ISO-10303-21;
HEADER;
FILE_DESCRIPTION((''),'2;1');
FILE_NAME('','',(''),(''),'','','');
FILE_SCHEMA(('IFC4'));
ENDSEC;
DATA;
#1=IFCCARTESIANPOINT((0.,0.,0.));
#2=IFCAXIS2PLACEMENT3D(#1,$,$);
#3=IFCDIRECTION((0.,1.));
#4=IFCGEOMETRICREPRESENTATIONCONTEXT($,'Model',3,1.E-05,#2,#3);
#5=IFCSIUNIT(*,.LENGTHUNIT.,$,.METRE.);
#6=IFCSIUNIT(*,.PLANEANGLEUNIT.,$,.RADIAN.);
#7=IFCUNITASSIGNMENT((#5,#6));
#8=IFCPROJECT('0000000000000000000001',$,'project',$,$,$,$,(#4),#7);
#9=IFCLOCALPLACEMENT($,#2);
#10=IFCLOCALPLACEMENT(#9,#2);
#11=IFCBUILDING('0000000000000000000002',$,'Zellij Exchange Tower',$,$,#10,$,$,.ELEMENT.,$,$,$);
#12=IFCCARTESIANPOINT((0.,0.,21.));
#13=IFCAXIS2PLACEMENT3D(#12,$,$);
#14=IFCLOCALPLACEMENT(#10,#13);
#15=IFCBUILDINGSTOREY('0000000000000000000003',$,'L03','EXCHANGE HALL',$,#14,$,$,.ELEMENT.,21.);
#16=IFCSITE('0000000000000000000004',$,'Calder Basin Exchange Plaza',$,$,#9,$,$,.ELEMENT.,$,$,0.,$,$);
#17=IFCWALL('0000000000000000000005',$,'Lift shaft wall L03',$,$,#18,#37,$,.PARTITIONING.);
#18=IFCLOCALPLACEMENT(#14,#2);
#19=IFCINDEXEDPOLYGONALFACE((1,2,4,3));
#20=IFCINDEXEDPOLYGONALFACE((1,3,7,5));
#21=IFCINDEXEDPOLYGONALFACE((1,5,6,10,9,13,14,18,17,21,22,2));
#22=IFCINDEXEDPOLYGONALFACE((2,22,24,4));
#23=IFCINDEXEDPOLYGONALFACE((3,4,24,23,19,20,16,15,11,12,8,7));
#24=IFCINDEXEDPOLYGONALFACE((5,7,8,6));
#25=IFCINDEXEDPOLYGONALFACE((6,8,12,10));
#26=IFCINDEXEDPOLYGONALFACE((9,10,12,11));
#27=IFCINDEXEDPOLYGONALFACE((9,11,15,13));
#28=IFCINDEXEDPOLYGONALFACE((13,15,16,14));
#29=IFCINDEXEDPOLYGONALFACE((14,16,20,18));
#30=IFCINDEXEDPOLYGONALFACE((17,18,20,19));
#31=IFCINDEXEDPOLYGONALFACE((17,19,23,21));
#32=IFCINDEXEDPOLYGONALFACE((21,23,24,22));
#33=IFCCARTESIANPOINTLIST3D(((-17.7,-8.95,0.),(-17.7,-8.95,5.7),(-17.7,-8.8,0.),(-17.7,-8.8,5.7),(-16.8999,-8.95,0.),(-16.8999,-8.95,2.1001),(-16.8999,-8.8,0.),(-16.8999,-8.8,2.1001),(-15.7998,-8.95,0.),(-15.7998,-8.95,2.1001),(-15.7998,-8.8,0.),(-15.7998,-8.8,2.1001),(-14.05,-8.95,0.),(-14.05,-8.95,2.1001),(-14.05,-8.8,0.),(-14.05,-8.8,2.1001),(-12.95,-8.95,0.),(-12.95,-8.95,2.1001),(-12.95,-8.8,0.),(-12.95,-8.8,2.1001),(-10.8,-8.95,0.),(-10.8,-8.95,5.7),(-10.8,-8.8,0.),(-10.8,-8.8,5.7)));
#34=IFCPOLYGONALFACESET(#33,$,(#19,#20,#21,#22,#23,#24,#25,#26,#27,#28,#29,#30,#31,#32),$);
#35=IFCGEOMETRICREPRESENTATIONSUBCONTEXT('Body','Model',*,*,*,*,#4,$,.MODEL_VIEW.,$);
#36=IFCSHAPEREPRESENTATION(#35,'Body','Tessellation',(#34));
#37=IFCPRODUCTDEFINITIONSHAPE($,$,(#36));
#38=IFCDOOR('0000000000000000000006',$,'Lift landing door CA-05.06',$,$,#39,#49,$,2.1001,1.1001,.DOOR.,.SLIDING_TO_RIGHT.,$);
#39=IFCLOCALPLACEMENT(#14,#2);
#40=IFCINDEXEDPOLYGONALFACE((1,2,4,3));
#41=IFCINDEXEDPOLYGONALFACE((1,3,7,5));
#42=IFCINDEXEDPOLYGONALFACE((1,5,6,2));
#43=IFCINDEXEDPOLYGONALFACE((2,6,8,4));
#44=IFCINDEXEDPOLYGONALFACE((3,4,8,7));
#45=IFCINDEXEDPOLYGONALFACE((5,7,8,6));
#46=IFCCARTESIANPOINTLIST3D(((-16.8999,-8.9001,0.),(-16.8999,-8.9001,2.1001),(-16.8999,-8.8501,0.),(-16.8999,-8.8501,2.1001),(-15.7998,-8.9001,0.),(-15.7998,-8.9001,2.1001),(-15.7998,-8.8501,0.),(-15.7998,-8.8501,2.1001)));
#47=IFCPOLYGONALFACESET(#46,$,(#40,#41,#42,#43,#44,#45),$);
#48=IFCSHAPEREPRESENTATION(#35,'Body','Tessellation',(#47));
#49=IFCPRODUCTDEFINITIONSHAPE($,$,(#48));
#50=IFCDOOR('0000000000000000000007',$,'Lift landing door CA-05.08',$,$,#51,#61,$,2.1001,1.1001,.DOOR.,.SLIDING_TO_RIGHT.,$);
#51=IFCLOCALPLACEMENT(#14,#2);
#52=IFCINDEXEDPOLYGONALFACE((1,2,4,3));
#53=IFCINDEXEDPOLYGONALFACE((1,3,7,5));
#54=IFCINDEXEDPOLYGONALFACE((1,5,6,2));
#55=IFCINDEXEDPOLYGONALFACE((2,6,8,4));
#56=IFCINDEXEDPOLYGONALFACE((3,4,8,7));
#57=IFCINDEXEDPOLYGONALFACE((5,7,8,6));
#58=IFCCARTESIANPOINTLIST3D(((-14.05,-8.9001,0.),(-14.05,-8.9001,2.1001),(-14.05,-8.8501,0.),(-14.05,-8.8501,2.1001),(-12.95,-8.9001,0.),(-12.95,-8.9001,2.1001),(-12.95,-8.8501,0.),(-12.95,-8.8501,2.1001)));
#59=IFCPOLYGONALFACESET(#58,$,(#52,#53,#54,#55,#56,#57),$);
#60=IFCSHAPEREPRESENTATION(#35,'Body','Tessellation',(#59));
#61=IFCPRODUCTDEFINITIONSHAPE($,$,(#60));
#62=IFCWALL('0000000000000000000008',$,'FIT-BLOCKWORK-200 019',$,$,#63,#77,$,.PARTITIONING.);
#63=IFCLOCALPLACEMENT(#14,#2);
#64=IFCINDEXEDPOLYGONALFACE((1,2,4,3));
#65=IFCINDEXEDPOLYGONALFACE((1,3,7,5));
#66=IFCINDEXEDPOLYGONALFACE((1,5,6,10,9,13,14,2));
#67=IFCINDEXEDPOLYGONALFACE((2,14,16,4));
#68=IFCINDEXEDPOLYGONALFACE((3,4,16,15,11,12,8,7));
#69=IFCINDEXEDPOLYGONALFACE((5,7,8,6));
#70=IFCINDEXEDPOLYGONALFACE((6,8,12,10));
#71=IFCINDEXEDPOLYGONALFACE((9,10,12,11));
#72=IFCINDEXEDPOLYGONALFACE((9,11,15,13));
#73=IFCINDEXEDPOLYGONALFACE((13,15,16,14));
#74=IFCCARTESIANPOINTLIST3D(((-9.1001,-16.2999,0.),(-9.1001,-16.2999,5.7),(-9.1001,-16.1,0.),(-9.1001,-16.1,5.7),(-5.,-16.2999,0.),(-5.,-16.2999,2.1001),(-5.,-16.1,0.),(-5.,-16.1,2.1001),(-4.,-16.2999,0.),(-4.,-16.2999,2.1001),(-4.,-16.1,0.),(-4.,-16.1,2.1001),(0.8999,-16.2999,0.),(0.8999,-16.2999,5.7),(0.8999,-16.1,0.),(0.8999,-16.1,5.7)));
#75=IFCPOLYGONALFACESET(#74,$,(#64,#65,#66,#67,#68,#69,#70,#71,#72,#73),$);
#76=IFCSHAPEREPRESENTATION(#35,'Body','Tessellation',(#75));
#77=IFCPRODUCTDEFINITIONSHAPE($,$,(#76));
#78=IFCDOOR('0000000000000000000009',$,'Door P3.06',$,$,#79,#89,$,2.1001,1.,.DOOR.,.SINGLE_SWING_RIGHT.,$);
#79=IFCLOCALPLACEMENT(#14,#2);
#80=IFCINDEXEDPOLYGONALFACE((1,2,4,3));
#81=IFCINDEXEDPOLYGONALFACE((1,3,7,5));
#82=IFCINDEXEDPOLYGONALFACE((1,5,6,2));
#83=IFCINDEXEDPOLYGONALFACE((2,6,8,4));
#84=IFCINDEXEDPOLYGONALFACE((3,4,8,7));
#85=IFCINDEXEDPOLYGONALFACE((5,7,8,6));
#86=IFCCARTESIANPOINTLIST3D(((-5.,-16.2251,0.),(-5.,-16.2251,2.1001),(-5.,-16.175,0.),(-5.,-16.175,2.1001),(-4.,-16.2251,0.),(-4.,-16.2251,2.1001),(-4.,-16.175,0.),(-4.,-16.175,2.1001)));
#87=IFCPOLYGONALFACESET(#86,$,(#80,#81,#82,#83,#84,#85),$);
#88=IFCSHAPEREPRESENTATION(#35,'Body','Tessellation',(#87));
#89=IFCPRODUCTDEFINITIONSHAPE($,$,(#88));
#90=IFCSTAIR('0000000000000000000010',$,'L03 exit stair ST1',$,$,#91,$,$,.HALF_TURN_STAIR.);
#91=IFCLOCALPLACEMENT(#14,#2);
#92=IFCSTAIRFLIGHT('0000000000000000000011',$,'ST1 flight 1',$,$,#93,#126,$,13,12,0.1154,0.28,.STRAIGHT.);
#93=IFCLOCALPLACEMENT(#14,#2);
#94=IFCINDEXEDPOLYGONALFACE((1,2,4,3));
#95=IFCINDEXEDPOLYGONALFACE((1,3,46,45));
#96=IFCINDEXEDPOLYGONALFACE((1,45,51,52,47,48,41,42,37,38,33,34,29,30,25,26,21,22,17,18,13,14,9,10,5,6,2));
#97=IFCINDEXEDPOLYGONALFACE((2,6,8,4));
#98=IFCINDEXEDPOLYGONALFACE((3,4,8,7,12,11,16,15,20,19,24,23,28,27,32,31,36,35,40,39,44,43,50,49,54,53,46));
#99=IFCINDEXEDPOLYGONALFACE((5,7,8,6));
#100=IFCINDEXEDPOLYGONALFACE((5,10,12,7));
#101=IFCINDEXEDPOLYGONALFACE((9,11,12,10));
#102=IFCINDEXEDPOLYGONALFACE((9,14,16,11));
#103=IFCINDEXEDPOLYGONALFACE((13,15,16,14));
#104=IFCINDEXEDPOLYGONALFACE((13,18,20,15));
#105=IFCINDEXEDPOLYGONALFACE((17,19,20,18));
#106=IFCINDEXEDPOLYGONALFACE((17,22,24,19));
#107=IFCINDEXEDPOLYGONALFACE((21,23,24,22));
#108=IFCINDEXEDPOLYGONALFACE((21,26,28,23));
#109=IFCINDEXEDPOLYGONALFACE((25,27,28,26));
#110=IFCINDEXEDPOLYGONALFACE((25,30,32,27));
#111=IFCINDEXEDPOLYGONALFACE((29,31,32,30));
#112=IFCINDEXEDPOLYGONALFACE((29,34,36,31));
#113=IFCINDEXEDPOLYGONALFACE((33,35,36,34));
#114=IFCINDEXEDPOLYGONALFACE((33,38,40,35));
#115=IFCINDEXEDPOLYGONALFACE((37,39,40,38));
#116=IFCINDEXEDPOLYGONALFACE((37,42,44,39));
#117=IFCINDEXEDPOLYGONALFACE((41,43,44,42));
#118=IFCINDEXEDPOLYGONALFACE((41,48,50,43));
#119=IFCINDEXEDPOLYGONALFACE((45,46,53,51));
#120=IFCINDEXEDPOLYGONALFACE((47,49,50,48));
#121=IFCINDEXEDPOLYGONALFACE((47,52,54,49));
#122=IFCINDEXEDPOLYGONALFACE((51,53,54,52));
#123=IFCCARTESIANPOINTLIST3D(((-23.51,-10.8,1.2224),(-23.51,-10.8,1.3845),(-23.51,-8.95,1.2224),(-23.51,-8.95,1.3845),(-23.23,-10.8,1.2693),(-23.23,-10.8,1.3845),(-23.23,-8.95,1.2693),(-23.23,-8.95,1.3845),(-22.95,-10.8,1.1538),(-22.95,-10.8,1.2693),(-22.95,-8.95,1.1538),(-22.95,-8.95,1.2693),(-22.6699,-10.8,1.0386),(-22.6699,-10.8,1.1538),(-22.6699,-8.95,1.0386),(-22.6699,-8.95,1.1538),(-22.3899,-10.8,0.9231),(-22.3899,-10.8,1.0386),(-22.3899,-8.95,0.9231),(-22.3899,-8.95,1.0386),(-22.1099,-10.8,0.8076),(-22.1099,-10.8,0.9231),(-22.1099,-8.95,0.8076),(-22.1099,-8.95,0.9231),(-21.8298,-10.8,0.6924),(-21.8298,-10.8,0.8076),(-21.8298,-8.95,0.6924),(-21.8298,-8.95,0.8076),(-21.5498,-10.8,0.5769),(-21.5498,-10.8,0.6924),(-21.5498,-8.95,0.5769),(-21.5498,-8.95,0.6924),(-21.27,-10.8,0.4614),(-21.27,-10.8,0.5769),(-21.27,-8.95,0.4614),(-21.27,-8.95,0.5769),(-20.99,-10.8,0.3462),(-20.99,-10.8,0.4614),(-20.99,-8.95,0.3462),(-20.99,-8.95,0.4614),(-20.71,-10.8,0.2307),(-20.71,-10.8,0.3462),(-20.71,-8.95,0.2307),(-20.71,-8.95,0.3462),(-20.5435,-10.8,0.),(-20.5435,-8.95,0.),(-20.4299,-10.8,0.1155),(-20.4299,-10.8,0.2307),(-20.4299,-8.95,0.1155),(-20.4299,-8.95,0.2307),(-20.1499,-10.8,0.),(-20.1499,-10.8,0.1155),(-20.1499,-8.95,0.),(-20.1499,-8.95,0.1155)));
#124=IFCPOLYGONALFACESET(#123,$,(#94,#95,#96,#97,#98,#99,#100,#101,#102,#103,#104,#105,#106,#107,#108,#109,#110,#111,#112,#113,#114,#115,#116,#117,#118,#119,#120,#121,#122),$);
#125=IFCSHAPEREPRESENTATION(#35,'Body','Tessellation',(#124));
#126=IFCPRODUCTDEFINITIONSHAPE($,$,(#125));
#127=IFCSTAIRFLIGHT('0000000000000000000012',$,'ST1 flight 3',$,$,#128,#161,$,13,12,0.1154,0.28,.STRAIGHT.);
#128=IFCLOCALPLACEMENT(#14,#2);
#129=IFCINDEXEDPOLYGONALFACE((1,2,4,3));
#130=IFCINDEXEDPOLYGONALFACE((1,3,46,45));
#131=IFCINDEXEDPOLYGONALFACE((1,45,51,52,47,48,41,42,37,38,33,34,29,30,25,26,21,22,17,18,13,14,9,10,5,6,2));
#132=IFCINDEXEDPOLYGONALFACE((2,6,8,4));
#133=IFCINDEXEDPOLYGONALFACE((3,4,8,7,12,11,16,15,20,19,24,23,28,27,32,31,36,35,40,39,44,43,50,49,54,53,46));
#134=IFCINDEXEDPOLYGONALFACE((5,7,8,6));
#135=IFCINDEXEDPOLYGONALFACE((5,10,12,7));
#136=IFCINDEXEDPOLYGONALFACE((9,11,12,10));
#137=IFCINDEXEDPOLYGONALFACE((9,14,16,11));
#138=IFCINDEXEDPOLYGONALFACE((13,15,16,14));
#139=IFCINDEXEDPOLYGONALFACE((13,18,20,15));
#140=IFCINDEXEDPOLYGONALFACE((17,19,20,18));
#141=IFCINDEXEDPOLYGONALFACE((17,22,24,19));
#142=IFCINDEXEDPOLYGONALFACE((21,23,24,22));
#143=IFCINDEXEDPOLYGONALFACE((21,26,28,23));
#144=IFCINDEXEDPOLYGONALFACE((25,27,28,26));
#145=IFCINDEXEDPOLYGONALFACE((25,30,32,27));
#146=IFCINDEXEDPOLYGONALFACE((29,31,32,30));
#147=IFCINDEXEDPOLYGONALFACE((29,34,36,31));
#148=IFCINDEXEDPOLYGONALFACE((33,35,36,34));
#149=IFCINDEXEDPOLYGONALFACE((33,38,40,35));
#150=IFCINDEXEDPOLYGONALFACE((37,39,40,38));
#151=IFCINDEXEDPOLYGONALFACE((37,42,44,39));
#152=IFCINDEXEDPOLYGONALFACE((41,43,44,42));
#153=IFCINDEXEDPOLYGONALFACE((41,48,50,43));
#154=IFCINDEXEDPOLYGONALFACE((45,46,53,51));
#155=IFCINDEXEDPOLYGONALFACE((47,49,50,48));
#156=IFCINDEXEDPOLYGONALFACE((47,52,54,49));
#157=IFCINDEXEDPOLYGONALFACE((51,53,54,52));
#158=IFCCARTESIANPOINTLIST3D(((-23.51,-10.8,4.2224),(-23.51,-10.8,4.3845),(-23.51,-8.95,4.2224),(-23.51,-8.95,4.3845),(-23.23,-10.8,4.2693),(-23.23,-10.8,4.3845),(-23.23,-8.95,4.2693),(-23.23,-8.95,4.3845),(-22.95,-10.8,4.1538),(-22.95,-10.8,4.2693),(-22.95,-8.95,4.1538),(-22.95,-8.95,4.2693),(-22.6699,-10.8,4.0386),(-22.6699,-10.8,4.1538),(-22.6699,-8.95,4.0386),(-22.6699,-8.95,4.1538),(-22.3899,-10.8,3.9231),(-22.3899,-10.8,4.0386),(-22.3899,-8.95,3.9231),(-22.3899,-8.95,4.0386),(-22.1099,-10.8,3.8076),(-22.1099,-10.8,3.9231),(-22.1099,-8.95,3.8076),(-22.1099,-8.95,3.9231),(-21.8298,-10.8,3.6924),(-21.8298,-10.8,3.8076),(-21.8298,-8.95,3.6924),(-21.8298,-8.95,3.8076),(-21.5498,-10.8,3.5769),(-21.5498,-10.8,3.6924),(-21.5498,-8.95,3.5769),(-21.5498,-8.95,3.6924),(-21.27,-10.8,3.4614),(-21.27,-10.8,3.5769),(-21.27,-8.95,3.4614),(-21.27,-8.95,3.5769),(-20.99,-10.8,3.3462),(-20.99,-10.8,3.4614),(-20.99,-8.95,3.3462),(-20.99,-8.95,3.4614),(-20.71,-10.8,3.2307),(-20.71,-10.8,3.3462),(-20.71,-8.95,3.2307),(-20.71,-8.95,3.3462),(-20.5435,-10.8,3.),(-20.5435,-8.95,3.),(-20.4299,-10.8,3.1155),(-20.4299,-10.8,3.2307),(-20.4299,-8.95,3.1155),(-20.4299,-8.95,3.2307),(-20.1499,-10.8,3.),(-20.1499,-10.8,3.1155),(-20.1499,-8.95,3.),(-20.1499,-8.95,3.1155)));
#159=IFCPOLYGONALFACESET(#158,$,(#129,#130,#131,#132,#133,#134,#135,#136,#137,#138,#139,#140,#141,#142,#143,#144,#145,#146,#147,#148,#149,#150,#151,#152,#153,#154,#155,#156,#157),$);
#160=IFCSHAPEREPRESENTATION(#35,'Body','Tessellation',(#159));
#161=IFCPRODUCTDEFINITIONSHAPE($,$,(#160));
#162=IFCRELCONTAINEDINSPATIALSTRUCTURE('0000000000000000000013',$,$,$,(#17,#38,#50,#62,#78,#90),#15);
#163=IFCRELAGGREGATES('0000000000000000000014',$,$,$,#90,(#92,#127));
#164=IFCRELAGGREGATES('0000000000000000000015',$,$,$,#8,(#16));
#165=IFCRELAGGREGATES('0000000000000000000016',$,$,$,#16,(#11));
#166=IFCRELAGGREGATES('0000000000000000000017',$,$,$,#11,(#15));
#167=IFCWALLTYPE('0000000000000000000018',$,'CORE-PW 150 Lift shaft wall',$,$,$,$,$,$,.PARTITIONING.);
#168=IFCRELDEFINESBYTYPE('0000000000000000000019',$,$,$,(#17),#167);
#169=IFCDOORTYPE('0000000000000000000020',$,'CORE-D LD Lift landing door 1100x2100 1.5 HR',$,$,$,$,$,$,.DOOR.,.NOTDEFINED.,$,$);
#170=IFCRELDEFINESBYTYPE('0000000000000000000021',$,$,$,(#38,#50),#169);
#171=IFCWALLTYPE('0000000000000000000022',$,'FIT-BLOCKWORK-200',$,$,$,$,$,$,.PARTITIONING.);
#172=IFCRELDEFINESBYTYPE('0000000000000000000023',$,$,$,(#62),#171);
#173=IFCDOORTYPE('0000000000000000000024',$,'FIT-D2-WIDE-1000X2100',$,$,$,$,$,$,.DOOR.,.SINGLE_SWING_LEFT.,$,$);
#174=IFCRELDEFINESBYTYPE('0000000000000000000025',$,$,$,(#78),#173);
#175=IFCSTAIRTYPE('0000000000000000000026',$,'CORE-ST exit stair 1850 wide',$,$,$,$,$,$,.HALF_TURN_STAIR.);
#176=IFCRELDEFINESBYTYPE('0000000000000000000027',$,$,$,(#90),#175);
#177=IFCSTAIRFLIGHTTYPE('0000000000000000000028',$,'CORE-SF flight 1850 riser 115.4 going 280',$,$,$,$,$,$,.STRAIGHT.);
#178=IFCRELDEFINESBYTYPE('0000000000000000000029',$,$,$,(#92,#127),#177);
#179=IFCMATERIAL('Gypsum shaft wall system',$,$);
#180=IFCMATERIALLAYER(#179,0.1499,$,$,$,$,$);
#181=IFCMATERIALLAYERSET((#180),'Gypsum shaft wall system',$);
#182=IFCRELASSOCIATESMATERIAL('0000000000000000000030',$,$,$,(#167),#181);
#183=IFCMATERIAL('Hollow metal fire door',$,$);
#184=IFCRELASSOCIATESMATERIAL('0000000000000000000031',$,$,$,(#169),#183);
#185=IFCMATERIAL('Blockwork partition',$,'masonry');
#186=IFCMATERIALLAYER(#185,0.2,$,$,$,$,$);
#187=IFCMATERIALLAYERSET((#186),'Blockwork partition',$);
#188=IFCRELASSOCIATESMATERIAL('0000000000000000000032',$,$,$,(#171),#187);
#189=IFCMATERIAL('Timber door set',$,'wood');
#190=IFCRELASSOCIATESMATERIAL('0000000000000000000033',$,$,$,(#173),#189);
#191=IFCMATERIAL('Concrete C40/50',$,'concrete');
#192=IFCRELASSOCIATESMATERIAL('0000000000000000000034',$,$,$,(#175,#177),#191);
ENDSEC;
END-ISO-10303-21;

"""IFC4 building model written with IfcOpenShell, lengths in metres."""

from ifc_helpers import new_model, si_unit, direction, frame, frame_2d, origin, place, context, subcontext, project, spatial, polyline, rectangle, outline, extrude, material, layer, layer_set, type_object, element, fill, aggregate, save


model = new_model("IFC4")

# Units and contexts
model_context = context("Model", 3, precision=1e-05, world=origin(), true_north=direction((0.0, 1.0)))
body_context = subcontext(model_context, "Body", "Model", "MODEL_VIEW")
ifc_project = project(units=[si_unit("LENGTHUNIT", "METRE"), si_unit("PLANEANGLEUNIT", "RADIAN")], contexts=[model_context])

# Site, building, storey
site_placement = place(None, origin())
site = spatial("IfcSite", under=ifc_project, at=site_placement, Name="Calder Basin Exchange Plaza", CompositionType="ELEMENT", RefElevation=0.0)
building_placement = place(site_placement, origin())
building = spatial("IfcBuilding", under=site, at=building_placement, Name="Zellij Exchange Tower", CompositionType="ELEMENT")
storey_placement = place(building_placement, frame((0.0, 0.0, 21.0)))
storey = spatial("IfcBuildingStorey", under=building, at=storey_placement, Name="L03", Description="EXCHANGE HALL", CompositionType="ELEMENT", Elevation=21.0)

# Shared definitions
ifc_material_1 = material(Name="Hollow metal fire door")

# Shared definitions
ifc_material_2 = material(Name="Gypsum shaft wall system")
ifc_layer_1 = layer(ifc_material_2, 0.1499)
ifc_layer_set_1 = layer_set([ifc_layer_1], Name="Gypsum shaft wall system")
wall_type_1 = type_object("IfcWallType", Name="CORE-PW 150 Lift shaft wall", PredefinedType="PARTITIONING", material=ifc_layer_set_1)

# Wall, openings, doors
door_type_1 = type_object("IfcDoorType", Name="CORE-D LD Lift landing door 1100x2100 1.5 HR", OperationType="NOTDEFINED", PredefinedType="DOOR", material=ifc_material_1)
wall_1_placement = place(storey_placement, frame((-17.7, -8.875, 0.0), z_axis=(0.0, 0.0, 1.0), x_axis=(1.0, 0.0, 0.0)))
wall_1 = element("IfcWall", 1, at=wall_1_placement, inside=storey, type_object=wall_type_1, Name="Lift shaft wall L03", PredefinedType="PARTITIONING", context=body_context, shape_type="SweptSolid", body=[
    extrude(rectangle(XDim=6.8999, YDim=0.1499, at=frame_2d((3.45, 0.0))), origin(), (0.0, 0.0, 1.0), 5.7),
])
opening_1_placement = place(wall_1_placement, frame((0.8, 0.0, 0.0)))
opening_1 = element("IfcOpeningElement", 2, at=opening_1_placement, cuts=wall_1, PredefinedType="OPENING", context=body_context, shape_type="SweptSolid", body=[
    extrude(rectangle(XDim=1.1001, YDim=2.1001, at=frame_2d((0.55, 1.05))), frame((0.0, 0.0869, 0.0), z_axis=(0.0, -1.0, 0.0), x_axis=(1.0, 0.0, 0.0)), (0.0, 0.0, 1.0), 0.1738),
])
opening_2_placement = place(wall_1_placement, frame((3.6499, 0.0, 0.0)))
opening_2 = element("IfcOpeningElement", 3, at=opening_2_placement, cuts=wall_1, PredefinedType="OPENING", context=body_context, shape_type="SweptSolid", body=[
    extrude(rectangle(XDim=1.1001, YDim=2.1001, at=frame_2d((0.55, 1.05))), frame((0.0, 0.0869, 0.0), z_axis=(0.0, -1.0, 0.0), x_axis=(1.0, 0.0, 0.0)), (0.0, 0.0, 1.0), 0.1738),
])
door_1_placement = place(opening_1_placement, origin())
door_1 = element("IfcDoor", 4, at=door_1_placement, inside=storey, type_object=door_type_1, Name="Lift landing door CA-05.06", OperationType="SLIDING_TO_RIGHT", OverallHeight=2.1001, OverallWidth=1.1001, PredefinedType="DOOR", context=body_context, shape_type="SweptSolid", body=[
    extrude(rectangle(XDim=1.1001, YDim=2.1001, at=frame_2d((0.55, 1.05))), frame((0.0, 0.0249, 0.0), z_axis=(0.0, -1.0, 0.0), x_axis=(1.0, 0.0, 0.0)), (0.0, 0.0, 1.0), 0.05),
])
fill(opening_1, door_1)
door_2_placement = place(opening_2_placement, origin())
door_2 = element("IfcDoor", 5, at=door_2_placement, inside=storey, type_object=door_type_1, Name="Lift landing door CA-05.08", OperationType="SLIDING_TO_RIGHT", OverallHeight=2.1001, OverallWidth=1.1001, PredefinedType="DOOR", context=body_context, shape_type="SweptSolid", body=[
    extrude(rectangle(XDim=1.1001, YDim=2.1001, at=frame_2d((0.55, 1.05))), frame((0.0, 0.0249, 0.0), z_axis=(0.0, -1.0, 0.0), x_axis=(1.0, 0.0, 0.0)), (0.0, 0.0, 1.0), 0.05),
])
fill(opening_2, door_2)

# Wall, opening, door
ifc_material_3 = material(Name="Blockwork partition", Category="masonry")
ifc_layer_2 = layer(ifc_material_3, 0.2)
ifc_layer_set_2 = layer_set([ifc_layer_2], Name="Blockwork partition")
wall_type_2 = type_object("IfcWallType", Name="FIT-BLOCKWORK-200", PredefinedType="PARTITIONING", material=ifc_layer_set_2)
wall_2_placement = place(storey_placement, frame((-9.1001, -16.2, 0.0), z_axis=(0.0, 0.0, 1.0), x_axis=(1.0, 0.0, 0.0)))
wall_2 = element("IfcWall", 6, at=wall_2_placement, inside=storey, type_object=wall_type_2, Name="FIT-BLOCKWORK-200 019", PredefinedType="PARTITIONING", context=body_context, shape_type="SweptSolid", body=[
    extrude(rectangle(XDim=10.0, YDim=0.2, at=frame_2d((5.0, 0.0))), origin(), (0.0, 0.0, 1.0), 5.7),
])
opening_3_placement = place(wall_2_placement, frame((4.1001, 0.0, 0.0)))
opening_3 = element("IfcOpeningElement", 7, at=opening_3_placement, cuts=wall_2, PredefinedType="OPENING", context=body_context, shape_type="SweptSolid", body=[
    extrude(rectangle(XDim=1.0, YDim=2.1001, at=frame_2d((0.5, 1.05))), frame((0.0, 0.1118, 0.0), z_axis=(0.0, -1.0, 0.0), x_axis=(1.0, 0.0, 0.0)), (0.0, 0.0, 1.0), 0.2239),
])
ifc_material_4 = material(Name="Timber door set", Category="wood")
door_type_2 = type_object("IfcDoorType", Name="FIT-D2-WIDE-1000X2100", OperationType="SINGLE_SWING_LEFT", PredefinedType="DOOR", material=ifc_material_4)
door_3_placement = place(opening_3_placement, origin())
door_3 = element("IfcDoor", 8, at=door_3_placement, inside=storey, type_object=door_type_2, Name="Door P3.06", OperationType="SINGLE_SWING_RIGHT", OverallHeight=2.1001, OverallWidth=1.0, PredefinedType="DOOR", context=body_context, shape_type="SweptSolid", body=[
    extrude(rectangle(XDim=1.0, YDim=2.1001, at=frame_2d((0.5, 1.05))), frame((0.0, 0.0249, 0.0), z_axis=(0.0, -1.0, 0.0), x_axis=(1.0, 0.0, 0.0)), (0.0, 0.0, 1.0), 0.05),
])
fill(opening_3, door_3)

# Stair, stair flights
ifc_material_5 = material(Name="Concrete C40/50", Category="concrete")
stair_type = type_object("IfcStairType", Name="CORE-ST exit stair 1850 wide", PredefinedType="HALF_TURN_STAIR", material=ifc_material_5)
stair_placement = place(storey_placement, origin())
stair = element("IfcStair", 9, at=stair_placement, inside=storey, type_object=stair_type, Name="L03 exit stair ST1", PredefinedType="HALF_TURN_STAIR")
stair_flight_type = type_object("IfcStairFlightType", Name="CORE-SF flight 1850 riser 115.4 going 280", PredefinedType="STRAIGHT", material=ifc_material_5)
stair_flight_1_placement = place(storey_placement, frame((-20.1499, -9.875, 0.0), z_axis=(0.0, 0.0, 1.0), x_axis=(-1.0, 0.0, 0.0)))
stair_flight_1 = element("IfcStairFlight", 10, at=stair_flight_1_placement, type_object=stair_flight_type, Name="ST1 flight 1", NumberOfRisers=13, NumberOfTreads=12, PredefinedType="STRAIGHT", RiserHeight=0.1154, TreadLength=0.28, context=body_context, shape_type="SweptSolid", body=[
    extrude(outline(polyline([(0.0, 0.0), (0.0, 0.1155), (0.28, 0.1155), (0.28, 0.2307), (0.5601, 0.2307), (0.5601, 0.3462), (0.8401, 0.3462), (0.8401, 0.4614), (1.1201, 0.4614), (1.1201, 0.5769), (1.3999, 0.5769), (1.3999, 0.6924), (1.6799, 0.6924), (1.6799, 0.8076), (1.96, 0.8076), (1.96, 0.9231), (2.24, 0.9231), (2.24, 1.0386), (2.52, 1.0386), (2.52, 1.1538), (2.8, 1.1538), (2.8, 1.2693), (3.0801, 1.2693), (3.0801, 1.3845), (3.3601, 1.3845), (3.3601, 1.5), (3.3601, 1.2224), (0.3936, 0.0), (0.0, 0.0)])), frame((0.0, 0.925, 0.0), z_axis=(0.0, -1.0, 0.0), x_axis=(1.0, 0.0, 0.0)), (0.0, 0.0, 1.0), 1.8501),
])
stair_flight_2_placement = place(storey_placement, frame((-20.1499, -9.875, 3.0), z_axis=(0.0, 0.0, 1.0), x_axis=(-1.0, 0.0, 0.0)))
stair_flight_2 = element("IfcStairFlight", 11, at=stair_flight_2_placement, type_object=stair_flight_type, Name="ST1 flight 3", NumberOfRisers=13, NumberOfTreads=12, PredefinedType="STRAIGHT", RiserHeight=0.1154, TreadLength=0.28, context=body_context, shape_type="SweptSolid", body=[
    extrude(outline(polyline([(0.0, 0.0), (0.0, 0.1155), (0.28, 0.1155), (0.28, 0.2307), (0.5601, 0.2307), (0.5601, 0.3462), (0.8401, 0.3462), (0.8401, 0.4614), (1.1201, 0.4614), (1.1201, 0.5769), (1.3999, 0.5769), (1.3999, 0.6924), (1.6799, 0.6924), (1.6799, 0.8076), (1.96, 0.8076), (1.96, 0.9231), (2.24, 0.9231), (2.24, 1.0386), (2.52, 1.0386), (2.52, 1.1538), (2.8, 1.1538), (2.8, 1.2693), (3.0801, 1.2693), (3.0801, 1.3845), (3.3601, 1.3845), (3.3601, 1.5), (3.3601, 1.2224), (0.3936, 0.0), (0.0, 0.0)])), frame((0.0, 0.925, 0.0), z_axis=(0.0, -1.0, 0.0), x_axis=(1.0, 0.0, 0.0)), (0.0, 0.0, 1.0), 1.8501),
])
aggregate(stair, [stair_flight_1, stair_flight_2])

save(model, "model.ifc")
